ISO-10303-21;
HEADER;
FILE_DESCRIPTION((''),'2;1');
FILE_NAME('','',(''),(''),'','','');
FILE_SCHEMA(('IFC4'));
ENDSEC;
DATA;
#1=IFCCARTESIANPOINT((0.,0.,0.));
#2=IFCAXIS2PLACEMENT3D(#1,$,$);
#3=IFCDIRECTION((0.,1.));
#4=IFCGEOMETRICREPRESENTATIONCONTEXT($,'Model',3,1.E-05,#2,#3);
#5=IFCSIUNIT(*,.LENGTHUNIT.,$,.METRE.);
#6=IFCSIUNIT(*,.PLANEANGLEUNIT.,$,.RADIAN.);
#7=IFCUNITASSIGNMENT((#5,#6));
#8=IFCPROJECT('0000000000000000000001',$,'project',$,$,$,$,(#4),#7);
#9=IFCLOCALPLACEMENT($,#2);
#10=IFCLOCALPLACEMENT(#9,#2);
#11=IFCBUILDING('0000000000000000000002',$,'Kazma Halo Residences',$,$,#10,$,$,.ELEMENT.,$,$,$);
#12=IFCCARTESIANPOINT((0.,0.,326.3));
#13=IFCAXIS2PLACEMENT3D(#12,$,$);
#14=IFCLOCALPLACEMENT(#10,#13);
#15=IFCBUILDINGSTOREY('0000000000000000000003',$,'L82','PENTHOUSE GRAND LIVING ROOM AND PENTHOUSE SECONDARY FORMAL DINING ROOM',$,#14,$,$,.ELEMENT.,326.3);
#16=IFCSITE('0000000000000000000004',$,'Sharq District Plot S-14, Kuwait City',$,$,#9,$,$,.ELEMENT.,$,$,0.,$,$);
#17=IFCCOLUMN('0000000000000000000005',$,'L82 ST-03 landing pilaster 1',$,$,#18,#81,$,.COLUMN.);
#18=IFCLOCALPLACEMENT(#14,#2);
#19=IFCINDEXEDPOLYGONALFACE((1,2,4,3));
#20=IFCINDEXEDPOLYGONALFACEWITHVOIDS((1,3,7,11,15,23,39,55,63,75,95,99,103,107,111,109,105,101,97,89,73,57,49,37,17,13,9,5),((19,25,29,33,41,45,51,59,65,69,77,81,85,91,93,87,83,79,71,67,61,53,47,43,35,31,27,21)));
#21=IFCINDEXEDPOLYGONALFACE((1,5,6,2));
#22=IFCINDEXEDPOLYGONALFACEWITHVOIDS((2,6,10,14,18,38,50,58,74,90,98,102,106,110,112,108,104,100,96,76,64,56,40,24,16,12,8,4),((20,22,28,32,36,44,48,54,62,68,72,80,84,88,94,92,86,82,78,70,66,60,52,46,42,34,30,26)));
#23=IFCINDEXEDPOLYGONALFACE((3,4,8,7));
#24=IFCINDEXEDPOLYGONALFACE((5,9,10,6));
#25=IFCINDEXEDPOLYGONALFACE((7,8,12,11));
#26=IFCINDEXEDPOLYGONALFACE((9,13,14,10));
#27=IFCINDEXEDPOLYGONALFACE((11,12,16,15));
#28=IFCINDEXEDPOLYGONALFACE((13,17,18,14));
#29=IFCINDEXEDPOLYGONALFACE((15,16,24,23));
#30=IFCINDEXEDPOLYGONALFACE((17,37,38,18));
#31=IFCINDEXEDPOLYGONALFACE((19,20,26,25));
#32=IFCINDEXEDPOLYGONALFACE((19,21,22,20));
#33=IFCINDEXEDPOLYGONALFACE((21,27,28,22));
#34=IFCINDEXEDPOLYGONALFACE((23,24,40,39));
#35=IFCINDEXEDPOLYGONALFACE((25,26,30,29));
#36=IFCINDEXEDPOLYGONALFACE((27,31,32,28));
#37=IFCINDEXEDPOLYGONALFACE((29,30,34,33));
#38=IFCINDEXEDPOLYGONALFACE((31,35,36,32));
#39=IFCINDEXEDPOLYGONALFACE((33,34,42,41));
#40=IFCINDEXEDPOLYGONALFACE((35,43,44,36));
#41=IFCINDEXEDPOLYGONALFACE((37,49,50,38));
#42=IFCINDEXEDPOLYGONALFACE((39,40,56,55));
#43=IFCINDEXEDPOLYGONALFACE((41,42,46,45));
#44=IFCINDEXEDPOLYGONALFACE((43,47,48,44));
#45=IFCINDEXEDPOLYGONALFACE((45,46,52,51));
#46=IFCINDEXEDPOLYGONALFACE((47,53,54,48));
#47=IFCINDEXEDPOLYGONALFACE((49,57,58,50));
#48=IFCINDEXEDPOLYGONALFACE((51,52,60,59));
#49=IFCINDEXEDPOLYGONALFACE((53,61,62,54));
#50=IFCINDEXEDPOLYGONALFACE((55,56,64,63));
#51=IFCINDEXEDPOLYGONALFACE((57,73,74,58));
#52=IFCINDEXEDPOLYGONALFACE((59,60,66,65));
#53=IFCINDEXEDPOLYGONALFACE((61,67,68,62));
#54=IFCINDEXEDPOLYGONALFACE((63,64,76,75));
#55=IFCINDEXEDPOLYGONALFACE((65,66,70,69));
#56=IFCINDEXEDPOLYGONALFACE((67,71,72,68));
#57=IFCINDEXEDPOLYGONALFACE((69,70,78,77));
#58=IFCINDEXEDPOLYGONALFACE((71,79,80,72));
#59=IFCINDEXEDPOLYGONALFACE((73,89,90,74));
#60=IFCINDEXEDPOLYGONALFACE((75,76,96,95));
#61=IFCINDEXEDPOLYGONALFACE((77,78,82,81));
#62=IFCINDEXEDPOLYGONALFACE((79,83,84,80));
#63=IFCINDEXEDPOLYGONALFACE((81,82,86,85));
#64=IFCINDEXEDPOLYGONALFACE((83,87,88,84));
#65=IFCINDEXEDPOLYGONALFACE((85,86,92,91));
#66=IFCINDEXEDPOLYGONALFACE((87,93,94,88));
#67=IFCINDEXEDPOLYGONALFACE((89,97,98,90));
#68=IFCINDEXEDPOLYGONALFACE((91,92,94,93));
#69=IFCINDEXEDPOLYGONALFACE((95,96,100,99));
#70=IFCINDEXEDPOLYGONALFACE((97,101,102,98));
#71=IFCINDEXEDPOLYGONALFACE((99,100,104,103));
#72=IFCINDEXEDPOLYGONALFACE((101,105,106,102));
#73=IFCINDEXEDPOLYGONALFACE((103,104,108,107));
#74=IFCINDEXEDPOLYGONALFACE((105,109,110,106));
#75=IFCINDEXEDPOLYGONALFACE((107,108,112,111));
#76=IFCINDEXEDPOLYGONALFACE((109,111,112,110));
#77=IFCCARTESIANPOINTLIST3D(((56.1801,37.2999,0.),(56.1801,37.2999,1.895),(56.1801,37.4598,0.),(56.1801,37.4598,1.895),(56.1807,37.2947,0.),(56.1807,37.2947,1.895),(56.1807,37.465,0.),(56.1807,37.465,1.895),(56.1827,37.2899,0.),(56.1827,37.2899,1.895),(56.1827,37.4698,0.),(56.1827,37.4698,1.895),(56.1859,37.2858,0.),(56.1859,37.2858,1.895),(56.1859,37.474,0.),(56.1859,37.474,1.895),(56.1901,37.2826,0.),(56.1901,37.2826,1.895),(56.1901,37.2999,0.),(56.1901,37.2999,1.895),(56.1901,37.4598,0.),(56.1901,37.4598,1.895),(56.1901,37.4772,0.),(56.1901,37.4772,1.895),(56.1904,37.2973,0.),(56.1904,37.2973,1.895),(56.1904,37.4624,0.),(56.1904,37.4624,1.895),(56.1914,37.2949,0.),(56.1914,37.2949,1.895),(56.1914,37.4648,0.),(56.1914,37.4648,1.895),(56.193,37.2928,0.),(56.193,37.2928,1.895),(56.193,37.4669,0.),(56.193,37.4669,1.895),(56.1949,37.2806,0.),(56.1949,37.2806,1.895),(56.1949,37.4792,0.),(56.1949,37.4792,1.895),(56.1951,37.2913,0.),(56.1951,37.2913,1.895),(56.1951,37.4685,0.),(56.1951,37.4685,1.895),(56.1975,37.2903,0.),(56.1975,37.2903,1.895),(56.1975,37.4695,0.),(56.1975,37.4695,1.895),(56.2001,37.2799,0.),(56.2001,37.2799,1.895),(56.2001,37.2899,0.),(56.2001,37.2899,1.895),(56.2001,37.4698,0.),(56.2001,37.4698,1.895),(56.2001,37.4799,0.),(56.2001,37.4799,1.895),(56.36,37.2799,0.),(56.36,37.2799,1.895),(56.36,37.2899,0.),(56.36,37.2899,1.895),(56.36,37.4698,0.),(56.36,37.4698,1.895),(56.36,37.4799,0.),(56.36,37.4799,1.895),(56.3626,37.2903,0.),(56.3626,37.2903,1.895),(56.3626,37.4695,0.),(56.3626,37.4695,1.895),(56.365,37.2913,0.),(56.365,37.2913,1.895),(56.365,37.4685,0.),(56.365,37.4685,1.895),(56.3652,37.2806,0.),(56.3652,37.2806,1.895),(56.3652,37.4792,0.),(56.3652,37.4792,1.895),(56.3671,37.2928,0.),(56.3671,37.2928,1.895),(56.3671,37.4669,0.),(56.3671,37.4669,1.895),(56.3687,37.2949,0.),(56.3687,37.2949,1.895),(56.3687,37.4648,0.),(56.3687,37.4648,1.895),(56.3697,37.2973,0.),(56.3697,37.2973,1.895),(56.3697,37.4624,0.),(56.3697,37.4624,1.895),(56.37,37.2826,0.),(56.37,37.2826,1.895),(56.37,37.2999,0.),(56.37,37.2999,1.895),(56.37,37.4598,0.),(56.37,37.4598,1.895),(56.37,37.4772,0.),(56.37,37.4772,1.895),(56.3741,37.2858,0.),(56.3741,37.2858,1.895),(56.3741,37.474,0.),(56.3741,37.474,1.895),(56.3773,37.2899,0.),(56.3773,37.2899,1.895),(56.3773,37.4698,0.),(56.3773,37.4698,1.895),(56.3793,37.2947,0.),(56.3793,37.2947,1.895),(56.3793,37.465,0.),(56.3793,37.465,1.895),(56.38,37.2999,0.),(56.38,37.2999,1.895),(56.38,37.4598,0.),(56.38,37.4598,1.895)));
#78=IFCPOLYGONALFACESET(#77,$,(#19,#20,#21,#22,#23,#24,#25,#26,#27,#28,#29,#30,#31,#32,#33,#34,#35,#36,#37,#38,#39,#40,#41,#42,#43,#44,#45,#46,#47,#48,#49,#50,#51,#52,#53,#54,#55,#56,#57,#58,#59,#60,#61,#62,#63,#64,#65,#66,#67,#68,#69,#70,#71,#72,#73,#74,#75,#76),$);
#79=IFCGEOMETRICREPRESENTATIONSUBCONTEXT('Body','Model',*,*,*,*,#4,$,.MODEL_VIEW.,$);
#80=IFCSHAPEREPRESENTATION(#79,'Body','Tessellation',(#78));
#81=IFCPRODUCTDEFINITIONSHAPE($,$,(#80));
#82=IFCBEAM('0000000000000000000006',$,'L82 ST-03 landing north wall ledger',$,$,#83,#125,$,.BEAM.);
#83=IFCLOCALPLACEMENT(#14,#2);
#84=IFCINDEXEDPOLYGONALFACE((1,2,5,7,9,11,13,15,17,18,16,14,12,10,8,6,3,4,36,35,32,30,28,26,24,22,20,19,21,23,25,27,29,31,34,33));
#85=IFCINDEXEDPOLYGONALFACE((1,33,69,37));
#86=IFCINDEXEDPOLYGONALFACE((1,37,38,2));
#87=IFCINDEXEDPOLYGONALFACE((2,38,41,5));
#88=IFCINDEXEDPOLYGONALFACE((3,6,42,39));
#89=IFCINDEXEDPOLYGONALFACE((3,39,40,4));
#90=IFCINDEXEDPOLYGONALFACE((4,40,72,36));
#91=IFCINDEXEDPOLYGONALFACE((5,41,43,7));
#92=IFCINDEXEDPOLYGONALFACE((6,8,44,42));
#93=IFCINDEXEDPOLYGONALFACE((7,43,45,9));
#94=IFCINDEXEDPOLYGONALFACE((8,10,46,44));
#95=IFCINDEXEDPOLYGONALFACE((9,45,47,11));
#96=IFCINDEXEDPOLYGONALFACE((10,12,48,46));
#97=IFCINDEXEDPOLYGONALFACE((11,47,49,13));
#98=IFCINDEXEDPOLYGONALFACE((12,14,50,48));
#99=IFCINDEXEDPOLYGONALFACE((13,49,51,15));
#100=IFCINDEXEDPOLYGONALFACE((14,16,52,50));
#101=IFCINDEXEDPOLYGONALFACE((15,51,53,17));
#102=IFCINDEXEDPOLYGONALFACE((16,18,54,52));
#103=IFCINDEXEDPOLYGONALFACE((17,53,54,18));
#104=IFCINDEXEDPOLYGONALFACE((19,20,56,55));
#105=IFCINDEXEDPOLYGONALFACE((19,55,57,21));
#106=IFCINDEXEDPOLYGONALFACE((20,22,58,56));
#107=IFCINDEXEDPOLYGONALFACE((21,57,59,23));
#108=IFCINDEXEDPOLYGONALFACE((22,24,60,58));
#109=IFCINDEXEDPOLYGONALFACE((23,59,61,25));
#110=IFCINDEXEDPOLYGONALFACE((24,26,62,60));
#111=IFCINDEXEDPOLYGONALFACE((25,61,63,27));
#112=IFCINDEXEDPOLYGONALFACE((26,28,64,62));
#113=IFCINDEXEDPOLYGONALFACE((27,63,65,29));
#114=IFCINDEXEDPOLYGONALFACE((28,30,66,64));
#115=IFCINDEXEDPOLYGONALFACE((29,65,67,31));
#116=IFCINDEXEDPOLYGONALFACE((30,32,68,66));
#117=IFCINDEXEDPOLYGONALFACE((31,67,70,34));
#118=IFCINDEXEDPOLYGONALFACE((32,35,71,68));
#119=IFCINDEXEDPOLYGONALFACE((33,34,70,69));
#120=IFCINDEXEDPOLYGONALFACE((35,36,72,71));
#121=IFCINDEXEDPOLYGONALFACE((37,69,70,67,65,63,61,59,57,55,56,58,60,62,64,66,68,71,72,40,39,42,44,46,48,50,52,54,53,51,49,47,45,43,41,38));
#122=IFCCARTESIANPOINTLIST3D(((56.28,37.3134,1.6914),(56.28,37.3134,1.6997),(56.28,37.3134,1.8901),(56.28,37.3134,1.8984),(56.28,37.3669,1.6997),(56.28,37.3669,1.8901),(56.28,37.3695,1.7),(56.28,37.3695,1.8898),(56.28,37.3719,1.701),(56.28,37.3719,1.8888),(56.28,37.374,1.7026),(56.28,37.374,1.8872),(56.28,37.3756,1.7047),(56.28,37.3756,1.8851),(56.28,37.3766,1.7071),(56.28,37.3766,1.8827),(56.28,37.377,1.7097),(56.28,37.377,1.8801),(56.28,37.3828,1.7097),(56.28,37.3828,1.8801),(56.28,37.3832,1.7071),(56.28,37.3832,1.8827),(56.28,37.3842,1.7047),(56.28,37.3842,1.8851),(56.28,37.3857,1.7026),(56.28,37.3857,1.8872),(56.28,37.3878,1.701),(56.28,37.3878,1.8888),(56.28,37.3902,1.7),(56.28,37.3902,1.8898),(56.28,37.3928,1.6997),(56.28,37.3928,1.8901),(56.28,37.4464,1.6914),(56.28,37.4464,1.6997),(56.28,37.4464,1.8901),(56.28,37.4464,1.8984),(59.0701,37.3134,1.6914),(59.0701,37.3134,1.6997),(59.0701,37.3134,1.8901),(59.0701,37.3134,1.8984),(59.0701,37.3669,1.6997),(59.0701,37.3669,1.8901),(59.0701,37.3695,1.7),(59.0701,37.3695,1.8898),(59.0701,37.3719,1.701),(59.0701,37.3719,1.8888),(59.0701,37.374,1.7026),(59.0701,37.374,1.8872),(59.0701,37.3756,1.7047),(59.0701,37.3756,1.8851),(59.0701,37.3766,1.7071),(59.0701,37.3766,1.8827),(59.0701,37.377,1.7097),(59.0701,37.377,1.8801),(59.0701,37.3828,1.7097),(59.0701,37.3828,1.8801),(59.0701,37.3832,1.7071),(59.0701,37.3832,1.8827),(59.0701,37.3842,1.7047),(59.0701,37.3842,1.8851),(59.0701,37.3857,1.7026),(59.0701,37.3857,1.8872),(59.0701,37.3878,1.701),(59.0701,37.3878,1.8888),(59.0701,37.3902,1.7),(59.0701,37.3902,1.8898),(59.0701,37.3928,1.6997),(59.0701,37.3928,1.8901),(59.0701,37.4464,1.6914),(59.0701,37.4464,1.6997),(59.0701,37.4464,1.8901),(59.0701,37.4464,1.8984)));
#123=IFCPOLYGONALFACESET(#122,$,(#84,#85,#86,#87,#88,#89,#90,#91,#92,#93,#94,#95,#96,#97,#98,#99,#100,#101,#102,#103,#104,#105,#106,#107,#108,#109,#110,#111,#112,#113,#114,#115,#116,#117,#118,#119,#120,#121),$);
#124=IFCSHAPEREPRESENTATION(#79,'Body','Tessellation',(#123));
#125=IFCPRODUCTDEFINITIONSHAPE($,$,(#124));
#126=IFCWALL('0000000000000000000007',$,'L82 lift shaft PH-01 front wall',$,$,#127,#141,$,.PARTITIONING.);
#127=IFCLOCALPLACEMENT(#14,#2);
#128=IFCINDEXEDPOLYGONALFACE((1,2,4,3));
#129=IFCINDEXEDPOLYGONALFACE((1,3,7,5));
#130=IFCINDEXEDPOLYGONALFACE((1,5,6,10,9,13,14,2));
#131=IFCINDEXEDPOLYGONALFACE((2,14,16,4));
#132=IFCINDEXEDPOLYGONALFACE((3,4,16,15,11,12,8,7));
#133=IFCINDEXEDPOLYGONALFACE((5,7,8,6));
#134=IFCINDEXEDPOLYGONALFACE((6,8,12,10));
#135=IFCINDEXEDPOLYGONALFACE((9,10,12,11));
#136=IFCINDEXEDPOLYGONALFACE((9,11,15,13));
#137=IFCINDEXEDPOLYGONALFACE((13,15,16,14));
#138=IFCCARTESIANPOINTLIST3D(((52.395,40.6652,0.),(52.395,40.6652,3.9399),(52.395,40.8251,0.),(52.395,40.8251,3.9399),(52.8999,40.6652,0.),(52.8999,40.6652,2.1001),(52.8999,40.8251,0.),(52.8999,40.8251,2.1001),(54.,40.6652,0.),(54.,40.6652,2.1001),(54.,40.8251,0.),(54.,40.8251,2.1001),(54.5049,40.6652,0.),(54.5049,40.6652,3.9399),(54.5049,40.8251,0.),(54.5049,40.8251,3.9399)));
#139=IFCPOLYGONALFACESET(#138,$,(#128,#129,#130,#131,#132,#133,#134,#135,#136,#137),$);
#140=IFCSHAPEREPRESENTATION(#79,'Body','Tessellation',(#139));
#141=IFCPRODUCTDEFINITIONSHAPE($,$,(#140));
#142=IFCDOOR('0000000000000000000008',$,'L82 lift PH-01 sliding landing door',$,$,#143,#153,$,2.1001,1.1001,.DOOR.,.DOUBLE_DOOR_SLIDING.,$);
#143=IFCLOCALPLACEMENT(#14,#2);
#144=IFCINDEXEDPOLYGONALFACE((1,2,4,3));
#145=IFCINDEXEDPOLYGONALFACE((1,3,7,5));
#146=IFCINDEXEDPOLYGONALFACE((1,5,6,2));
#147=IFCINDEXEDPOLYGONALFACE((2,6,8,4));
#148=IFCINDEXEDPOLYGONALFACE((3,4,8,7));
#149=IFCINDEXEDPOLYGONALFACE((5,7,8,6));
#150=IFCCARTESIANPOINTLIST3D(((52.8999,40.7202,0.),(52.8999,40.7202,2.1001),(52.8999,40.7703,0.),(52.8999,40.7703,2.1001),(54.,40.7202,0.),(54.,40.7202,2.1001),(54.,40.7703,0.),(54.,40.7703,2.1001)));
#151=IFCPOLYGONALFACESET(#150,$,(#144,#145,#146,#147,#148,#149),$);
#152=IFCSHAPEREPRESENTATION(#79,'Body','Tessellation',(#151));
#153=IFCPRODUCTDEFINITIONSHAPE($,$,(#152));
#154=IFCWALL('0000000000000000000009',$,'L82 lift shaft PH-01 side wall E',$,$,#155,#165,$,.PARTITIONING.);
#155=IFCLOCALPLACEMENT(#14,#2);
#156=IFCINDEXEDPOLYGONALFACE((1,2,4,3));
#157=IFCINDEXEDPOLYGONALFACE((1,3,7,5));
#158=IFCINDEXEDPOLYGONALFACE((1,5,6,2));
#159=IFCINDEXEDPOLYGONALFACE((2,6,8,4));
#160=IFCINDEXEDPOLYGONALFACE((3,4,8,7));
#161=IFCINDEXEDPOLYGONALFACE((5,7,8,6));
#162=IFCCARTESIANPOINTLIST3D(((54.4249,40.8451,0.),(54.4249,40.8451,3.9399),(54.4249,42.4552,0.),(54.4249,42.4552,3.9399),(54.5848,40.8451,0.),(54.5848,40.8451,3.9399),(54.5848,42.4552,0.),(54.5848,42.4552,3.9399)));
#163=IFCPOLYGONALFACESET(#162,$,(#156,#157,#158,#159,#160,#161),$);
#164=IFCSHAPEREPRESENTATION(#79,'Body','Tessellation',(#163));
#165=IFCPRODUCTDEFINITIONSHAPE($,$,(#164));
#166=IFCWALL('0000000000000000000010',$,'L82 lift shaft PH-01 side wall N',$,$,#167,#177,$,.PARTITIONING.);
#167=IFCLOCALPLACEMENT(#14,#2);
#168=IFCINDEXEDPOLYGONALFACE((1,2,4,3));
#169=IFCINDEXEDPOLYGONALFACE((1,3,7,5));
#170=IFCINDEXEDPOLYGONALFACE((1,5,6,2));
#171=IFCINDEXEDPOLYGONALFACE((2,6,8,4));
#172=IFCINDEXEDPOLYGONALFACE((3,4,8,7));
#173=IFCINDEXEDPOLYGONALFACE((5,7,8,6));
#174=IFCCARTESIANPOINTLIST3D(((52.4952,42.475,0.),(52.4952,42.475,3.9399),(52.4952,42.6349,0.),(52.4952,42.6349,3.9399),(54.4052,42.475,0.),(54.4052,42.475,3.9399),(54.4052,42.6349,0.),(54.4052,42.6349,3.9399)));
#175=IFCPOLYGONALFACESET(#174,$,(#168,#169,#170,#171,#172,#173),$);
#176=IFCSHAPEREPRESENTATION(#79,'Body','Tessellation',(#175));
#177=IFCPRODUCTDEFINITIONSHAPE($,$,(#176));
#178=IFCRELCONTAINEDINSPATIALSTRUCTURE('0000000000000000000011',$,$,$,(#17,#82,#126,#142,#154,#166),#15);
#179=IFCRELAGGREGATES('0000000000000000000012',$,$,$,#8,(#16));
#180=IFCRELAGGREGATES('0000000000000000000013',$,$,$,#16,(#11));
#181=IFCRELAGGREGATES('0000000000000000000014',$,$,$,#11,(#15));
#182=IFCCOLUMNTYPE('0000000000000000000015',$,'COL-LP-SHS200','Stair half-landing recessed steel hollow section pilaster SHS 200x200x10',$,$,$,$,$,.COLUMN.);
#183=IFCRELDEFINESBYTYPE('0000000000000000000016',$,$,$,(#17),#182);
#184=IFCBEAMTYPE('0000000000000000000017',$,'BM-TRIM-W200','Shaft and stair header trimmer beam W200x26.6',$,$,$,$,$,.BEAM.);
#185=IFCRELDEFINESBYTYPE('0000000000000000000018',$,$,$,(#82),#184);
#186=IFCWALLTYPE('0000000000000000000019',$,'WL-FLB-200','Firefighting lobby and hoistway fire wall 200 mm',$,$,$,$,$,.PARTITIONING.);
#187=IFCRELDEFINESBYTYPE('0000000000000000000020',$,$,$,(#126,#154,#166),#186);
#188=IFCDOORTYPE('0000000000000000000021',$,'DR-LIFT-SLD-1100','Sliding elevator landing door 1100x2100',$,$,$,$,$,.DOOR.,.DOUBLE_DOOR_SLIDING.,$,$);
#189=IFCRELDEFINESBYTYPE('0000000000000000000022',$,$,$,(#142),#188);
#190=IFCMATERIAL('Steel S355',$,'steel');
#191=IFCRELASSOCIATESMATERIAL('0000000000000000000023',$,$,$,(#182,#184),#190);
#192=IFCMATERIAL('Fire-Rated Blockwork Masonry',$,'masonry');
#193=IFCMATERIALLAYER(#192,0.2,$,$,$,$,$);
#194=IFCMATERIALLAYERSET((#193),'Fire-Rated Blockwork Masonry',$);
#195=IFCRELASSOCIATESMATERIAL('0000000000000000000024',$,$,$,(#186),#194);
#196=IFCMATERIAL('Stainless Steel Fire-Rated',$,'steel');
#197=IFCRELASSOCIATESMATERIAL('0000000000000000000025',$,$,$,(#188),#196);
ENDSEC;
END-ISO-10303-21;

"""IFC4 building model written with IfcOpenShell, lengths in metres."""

from ifc_helpers import new_model, si_unit, direction, frame, frame_2d, origin, origin_2d, place, context, subcontext, project, spatial, rectangle, hollow_rectangle, i_section, extrude, material, layer, layer_set, material_profile, profile_set, type_object, element, fill, save


model = new_model("IFC4")

# Units and contexts
model_context = context("Model", 3, precision=1e-05, world=origin(), true_north=direction((0.0, 1.0)))
body_context = subcontext(model_context, "Body", "Model", "MODEL_VIEW")
ifc_project = project(units=[si_unit("LENGTHUNIT", "METRE"), si_unit("PLANEANGLEUNIT", "RADIAN")], contexts=[model_context])

# Site, building, storey
site_placement = place(None, origin())
site = spatial("IfcSite", under=ifc_project, at=site_placement, Name="Sharq District Plot S-14, Kuwait City", CompositionType="ELEMENT", RefElevation=0.0)
building_placement = place(site_placement, origin())
building = spatial("IfcBuilding", under=site, at=building_placement, Name="Kazma Halo Residences", CompositionType="ELEMENT")
storey_placement = place(building_placement, frame((0.0, 0.0, 326.3)))
storey = spatial("IfcBuildingStorey", under=building, at=storey_placement, Name="L82", Description="PENTHOUSE GRAND LIVING ROOM AND PENTHOUSE SECONDARY FORMAL DINING ROOM", CompositionType="ELEMENT", Elevation=326.3)

# Column
ifc_material_1 = material(Name="Steel S355", Category="steel")
ifc_material_profile_1 = material_profile(ifc_material_1, hollow_rectangle(XDim=0.2, YDim=0.2, WallThickness=0.01, InnerFilletRadius=0.01, OuterFilletRadius=0.02, at=origin_2d()), Name="SHS200x200x10")
ifc_profile_set_1 = profile_set([ifc_material_profile_1], Name="Steel S355")
column_type = type_object("IfcColumnType", Name="COL-LP-SHS200", Description="Stair half-landing recessed steel hollow section pilaster SHS 200x200x10", PredefinedType="COLUMN", material=ifc_profile_set_1)
column_placement = place(storey_placement, frame((56.28, 37.3799, 0.0), z_axis=(0.0, 0.0, 1.0), x_axis=(1.0, 0.0, 0.0)))
element("IfcColumn", 1, at=column_placement, inside=storey, type_object=column_type, Name="L82 ST-03 landing pilaster 1", PredefinedType="COLUMN", context=body_context, shape_type="SweptSolid", body=[
    extrude(hollow_rectangle(XDim=0.2, YDim=0.2, WallThickness=0.01, InnerFilletRadius=0.01, OuterFilletRadius=0.02, at=origin_2d()), origin(), (0.0, 0.0, 1.0), 1.895),
])

# Beam
ifc_material_profile_2 = material_profile(ifc_material_1, i_section(OverallWidth=0.1331, OverallDepth=0.207, WebThickness=0.0059, FlangeThickness=0.0083, FilletRadius=0.01, at=origin_2d()), Name="W200x26.6")
ifc_profile_set_2 = profile_set([ifc_material_profile_2], Name="Steel S355")
beam_type = type_object("IfcBeamType", Name="BM-TRIM-W200", Description="Shaft and stair header trimmer beam W200x26.6", PredefinedType="BEAM", material=ifc_profile_set_2)
beam_placement = place(storey_placement, frame((56.28, 37.3799, 1.7949), z_axis=(1.0, 0.0, 0.0), x_axis=(0.0, 1.0, 0.0)))
element("IfcBeam", 2, at=beam_placement, inside=storey, type_object=beam_type, Name="L82 ST-03 landing north wall ledger", PredefinedType="BEAM", context=body_context, shape_type="SweptSolid", body=[
    extrude(i_section(OverallWidth=0.1331, OverallDepth=0.207, WebThickness=0.0059, FlangeThickness=0.0083, FilletRadius=0.01, at=origin_2d()), origin(), (0.0, 0.0, 1.0), 2.79),
])

# Wall, opening, door
ifc_material_2 = material(Name="Fire-Rated Blockwork Masonry", Category="masonry")
ifc_layer_1 = layer(ifc_material_2, 0.2)
ifc_layer_set_1 = layer_set([ifc_layer_1], Name="Fire-Rated Blockwork Masonry")
wall_type_1 = type_object("IfcWallType", Name="WL-FLB-200", Description="Firefighting lobby and hoistway fire wall 200 mm", PredefinedType="PARTITIONING", material=ifc_layer_set_1)
wall_1_placement = place(storey_placement, frame((54.5049, 40.7451, 0.0), z_axis=(0.0, 0.0, 1.0), x_axis=(-1.0, 0.0, 0.0)))
wall_1 = element("IfcWall", 3, at=wall_1_placement, inside=storey, type_object=wall_type_1, Name="L82 lift shaft PH-01 front wall", PredefinedType="PARTITIONING", context=body_context, shape_type="SweptSolid", body=[
    extrude(rectangle(XDim=2.1099, YDim=0.1599, at=frame_2d((1.0549, 0.0))), origin(), (0.0, 0.0, 1.0), 3.9399),
])
opening_1_placement = place(wall_1_placement, frame((0.5049, 0.0, 0.0)))
opening_1 = element("IfcOpeningElement", 4, at=opening_1_placement, cuts=wall_1, PredefinedType="OPENING", context=body_context, shape_type="SweptSolid", body=[
    extrude(rectangle(XDim=1.1001, YDim=2.1001, at=frame_2d((0.55, 1.05))), frame((0.0, 0.0898, 0.0), z_axis=(0.0, -1.0, 0.0), x_axis=(1.0, 0.0, 0.0)), (0.0, 0.0, 1.0), 0.1799),
])
ifc_material_3 = material(Name="Stainless Steel Fire-Rated", Category="steel")
door_type_1 = type_object("IfcDoorType", Name="DR-LIFT-SLD-1100", Description="Sliding elevator landing door 1100x2100", OperationType="DOUBLE_DOOR_SLIDING", PredefinedType="DOOR", material=ifc_material_3)
door_1_placement = place(opening_1_placement, origin())
door_1 = element("IfcDoor", 5, at=door_1_placement, inside=storey, type_object=door_type_1, Name="L82 lift PH-01 sliding landing door", OperationType="DOUBLE_DOOR_SLIDING", OverallHeight=2.1001, OverallWidth=1.1001, PredefinedType="DOOR", context=body_context, shape_type="SweptSolid", body=[
    extrude(rectangle(XDim=1.1001, YDim=2.1001, at=frame_2d((0.55, 1.05))), frame((0.0, 0.0249, 0.0), z_axis=(0.0, -1.0, 0.0), x_axis=(1.0, 0.0, 0.0)), (0.0, 0.0, 1.0), 0.05),
])
fill(opening_1, door_1)

# Walls
wall_2_placement = place(storey_placement, frame((54.5049, 40.845, 0.0), z_axis=(0.0, 0.0, 1.0), x_axis=(0.0, 1.0, 0.0)))
element("IfcWall", 6, at=wall_2_placement, inside=storey, type_object=wall_type_1, Name="L82 lift shaft PH-01 side wall E", PredefinedType="PARTITIONING", context=body_context, shape_type="SweptSolid", body=[
    extrude(rectangle(XDim=1.6101, YDim=0.1599, at=frame_2d((0.8052, 0.0))), origin(), (0.0, 0.0, 1.0), 3.9399),
])
wall_3_placement = place(storey_placement, frame((52.4951, 42.5549, 0.0), z_axis=(0.0, 0.0, 1.0), x_axis=(1.0, 0.0, 0.0)))
element("IfcWall", 7, at=wall_3_placement, inside=storey, type_object=wall_type_1, Name="L82 lift shaft PH-01 side wall N", PredefinedType="PARTITIONING", context=body_context, shape_type="SweptSolid", body=[
    extrude(rectangle(XDim=1.9099, YDim=0.1599, at=frame_2d((0.9551, 0.0))), origin(), (0.0, 0.0, 1.0), 3.9399),
])

save(model, "model.ifc")
